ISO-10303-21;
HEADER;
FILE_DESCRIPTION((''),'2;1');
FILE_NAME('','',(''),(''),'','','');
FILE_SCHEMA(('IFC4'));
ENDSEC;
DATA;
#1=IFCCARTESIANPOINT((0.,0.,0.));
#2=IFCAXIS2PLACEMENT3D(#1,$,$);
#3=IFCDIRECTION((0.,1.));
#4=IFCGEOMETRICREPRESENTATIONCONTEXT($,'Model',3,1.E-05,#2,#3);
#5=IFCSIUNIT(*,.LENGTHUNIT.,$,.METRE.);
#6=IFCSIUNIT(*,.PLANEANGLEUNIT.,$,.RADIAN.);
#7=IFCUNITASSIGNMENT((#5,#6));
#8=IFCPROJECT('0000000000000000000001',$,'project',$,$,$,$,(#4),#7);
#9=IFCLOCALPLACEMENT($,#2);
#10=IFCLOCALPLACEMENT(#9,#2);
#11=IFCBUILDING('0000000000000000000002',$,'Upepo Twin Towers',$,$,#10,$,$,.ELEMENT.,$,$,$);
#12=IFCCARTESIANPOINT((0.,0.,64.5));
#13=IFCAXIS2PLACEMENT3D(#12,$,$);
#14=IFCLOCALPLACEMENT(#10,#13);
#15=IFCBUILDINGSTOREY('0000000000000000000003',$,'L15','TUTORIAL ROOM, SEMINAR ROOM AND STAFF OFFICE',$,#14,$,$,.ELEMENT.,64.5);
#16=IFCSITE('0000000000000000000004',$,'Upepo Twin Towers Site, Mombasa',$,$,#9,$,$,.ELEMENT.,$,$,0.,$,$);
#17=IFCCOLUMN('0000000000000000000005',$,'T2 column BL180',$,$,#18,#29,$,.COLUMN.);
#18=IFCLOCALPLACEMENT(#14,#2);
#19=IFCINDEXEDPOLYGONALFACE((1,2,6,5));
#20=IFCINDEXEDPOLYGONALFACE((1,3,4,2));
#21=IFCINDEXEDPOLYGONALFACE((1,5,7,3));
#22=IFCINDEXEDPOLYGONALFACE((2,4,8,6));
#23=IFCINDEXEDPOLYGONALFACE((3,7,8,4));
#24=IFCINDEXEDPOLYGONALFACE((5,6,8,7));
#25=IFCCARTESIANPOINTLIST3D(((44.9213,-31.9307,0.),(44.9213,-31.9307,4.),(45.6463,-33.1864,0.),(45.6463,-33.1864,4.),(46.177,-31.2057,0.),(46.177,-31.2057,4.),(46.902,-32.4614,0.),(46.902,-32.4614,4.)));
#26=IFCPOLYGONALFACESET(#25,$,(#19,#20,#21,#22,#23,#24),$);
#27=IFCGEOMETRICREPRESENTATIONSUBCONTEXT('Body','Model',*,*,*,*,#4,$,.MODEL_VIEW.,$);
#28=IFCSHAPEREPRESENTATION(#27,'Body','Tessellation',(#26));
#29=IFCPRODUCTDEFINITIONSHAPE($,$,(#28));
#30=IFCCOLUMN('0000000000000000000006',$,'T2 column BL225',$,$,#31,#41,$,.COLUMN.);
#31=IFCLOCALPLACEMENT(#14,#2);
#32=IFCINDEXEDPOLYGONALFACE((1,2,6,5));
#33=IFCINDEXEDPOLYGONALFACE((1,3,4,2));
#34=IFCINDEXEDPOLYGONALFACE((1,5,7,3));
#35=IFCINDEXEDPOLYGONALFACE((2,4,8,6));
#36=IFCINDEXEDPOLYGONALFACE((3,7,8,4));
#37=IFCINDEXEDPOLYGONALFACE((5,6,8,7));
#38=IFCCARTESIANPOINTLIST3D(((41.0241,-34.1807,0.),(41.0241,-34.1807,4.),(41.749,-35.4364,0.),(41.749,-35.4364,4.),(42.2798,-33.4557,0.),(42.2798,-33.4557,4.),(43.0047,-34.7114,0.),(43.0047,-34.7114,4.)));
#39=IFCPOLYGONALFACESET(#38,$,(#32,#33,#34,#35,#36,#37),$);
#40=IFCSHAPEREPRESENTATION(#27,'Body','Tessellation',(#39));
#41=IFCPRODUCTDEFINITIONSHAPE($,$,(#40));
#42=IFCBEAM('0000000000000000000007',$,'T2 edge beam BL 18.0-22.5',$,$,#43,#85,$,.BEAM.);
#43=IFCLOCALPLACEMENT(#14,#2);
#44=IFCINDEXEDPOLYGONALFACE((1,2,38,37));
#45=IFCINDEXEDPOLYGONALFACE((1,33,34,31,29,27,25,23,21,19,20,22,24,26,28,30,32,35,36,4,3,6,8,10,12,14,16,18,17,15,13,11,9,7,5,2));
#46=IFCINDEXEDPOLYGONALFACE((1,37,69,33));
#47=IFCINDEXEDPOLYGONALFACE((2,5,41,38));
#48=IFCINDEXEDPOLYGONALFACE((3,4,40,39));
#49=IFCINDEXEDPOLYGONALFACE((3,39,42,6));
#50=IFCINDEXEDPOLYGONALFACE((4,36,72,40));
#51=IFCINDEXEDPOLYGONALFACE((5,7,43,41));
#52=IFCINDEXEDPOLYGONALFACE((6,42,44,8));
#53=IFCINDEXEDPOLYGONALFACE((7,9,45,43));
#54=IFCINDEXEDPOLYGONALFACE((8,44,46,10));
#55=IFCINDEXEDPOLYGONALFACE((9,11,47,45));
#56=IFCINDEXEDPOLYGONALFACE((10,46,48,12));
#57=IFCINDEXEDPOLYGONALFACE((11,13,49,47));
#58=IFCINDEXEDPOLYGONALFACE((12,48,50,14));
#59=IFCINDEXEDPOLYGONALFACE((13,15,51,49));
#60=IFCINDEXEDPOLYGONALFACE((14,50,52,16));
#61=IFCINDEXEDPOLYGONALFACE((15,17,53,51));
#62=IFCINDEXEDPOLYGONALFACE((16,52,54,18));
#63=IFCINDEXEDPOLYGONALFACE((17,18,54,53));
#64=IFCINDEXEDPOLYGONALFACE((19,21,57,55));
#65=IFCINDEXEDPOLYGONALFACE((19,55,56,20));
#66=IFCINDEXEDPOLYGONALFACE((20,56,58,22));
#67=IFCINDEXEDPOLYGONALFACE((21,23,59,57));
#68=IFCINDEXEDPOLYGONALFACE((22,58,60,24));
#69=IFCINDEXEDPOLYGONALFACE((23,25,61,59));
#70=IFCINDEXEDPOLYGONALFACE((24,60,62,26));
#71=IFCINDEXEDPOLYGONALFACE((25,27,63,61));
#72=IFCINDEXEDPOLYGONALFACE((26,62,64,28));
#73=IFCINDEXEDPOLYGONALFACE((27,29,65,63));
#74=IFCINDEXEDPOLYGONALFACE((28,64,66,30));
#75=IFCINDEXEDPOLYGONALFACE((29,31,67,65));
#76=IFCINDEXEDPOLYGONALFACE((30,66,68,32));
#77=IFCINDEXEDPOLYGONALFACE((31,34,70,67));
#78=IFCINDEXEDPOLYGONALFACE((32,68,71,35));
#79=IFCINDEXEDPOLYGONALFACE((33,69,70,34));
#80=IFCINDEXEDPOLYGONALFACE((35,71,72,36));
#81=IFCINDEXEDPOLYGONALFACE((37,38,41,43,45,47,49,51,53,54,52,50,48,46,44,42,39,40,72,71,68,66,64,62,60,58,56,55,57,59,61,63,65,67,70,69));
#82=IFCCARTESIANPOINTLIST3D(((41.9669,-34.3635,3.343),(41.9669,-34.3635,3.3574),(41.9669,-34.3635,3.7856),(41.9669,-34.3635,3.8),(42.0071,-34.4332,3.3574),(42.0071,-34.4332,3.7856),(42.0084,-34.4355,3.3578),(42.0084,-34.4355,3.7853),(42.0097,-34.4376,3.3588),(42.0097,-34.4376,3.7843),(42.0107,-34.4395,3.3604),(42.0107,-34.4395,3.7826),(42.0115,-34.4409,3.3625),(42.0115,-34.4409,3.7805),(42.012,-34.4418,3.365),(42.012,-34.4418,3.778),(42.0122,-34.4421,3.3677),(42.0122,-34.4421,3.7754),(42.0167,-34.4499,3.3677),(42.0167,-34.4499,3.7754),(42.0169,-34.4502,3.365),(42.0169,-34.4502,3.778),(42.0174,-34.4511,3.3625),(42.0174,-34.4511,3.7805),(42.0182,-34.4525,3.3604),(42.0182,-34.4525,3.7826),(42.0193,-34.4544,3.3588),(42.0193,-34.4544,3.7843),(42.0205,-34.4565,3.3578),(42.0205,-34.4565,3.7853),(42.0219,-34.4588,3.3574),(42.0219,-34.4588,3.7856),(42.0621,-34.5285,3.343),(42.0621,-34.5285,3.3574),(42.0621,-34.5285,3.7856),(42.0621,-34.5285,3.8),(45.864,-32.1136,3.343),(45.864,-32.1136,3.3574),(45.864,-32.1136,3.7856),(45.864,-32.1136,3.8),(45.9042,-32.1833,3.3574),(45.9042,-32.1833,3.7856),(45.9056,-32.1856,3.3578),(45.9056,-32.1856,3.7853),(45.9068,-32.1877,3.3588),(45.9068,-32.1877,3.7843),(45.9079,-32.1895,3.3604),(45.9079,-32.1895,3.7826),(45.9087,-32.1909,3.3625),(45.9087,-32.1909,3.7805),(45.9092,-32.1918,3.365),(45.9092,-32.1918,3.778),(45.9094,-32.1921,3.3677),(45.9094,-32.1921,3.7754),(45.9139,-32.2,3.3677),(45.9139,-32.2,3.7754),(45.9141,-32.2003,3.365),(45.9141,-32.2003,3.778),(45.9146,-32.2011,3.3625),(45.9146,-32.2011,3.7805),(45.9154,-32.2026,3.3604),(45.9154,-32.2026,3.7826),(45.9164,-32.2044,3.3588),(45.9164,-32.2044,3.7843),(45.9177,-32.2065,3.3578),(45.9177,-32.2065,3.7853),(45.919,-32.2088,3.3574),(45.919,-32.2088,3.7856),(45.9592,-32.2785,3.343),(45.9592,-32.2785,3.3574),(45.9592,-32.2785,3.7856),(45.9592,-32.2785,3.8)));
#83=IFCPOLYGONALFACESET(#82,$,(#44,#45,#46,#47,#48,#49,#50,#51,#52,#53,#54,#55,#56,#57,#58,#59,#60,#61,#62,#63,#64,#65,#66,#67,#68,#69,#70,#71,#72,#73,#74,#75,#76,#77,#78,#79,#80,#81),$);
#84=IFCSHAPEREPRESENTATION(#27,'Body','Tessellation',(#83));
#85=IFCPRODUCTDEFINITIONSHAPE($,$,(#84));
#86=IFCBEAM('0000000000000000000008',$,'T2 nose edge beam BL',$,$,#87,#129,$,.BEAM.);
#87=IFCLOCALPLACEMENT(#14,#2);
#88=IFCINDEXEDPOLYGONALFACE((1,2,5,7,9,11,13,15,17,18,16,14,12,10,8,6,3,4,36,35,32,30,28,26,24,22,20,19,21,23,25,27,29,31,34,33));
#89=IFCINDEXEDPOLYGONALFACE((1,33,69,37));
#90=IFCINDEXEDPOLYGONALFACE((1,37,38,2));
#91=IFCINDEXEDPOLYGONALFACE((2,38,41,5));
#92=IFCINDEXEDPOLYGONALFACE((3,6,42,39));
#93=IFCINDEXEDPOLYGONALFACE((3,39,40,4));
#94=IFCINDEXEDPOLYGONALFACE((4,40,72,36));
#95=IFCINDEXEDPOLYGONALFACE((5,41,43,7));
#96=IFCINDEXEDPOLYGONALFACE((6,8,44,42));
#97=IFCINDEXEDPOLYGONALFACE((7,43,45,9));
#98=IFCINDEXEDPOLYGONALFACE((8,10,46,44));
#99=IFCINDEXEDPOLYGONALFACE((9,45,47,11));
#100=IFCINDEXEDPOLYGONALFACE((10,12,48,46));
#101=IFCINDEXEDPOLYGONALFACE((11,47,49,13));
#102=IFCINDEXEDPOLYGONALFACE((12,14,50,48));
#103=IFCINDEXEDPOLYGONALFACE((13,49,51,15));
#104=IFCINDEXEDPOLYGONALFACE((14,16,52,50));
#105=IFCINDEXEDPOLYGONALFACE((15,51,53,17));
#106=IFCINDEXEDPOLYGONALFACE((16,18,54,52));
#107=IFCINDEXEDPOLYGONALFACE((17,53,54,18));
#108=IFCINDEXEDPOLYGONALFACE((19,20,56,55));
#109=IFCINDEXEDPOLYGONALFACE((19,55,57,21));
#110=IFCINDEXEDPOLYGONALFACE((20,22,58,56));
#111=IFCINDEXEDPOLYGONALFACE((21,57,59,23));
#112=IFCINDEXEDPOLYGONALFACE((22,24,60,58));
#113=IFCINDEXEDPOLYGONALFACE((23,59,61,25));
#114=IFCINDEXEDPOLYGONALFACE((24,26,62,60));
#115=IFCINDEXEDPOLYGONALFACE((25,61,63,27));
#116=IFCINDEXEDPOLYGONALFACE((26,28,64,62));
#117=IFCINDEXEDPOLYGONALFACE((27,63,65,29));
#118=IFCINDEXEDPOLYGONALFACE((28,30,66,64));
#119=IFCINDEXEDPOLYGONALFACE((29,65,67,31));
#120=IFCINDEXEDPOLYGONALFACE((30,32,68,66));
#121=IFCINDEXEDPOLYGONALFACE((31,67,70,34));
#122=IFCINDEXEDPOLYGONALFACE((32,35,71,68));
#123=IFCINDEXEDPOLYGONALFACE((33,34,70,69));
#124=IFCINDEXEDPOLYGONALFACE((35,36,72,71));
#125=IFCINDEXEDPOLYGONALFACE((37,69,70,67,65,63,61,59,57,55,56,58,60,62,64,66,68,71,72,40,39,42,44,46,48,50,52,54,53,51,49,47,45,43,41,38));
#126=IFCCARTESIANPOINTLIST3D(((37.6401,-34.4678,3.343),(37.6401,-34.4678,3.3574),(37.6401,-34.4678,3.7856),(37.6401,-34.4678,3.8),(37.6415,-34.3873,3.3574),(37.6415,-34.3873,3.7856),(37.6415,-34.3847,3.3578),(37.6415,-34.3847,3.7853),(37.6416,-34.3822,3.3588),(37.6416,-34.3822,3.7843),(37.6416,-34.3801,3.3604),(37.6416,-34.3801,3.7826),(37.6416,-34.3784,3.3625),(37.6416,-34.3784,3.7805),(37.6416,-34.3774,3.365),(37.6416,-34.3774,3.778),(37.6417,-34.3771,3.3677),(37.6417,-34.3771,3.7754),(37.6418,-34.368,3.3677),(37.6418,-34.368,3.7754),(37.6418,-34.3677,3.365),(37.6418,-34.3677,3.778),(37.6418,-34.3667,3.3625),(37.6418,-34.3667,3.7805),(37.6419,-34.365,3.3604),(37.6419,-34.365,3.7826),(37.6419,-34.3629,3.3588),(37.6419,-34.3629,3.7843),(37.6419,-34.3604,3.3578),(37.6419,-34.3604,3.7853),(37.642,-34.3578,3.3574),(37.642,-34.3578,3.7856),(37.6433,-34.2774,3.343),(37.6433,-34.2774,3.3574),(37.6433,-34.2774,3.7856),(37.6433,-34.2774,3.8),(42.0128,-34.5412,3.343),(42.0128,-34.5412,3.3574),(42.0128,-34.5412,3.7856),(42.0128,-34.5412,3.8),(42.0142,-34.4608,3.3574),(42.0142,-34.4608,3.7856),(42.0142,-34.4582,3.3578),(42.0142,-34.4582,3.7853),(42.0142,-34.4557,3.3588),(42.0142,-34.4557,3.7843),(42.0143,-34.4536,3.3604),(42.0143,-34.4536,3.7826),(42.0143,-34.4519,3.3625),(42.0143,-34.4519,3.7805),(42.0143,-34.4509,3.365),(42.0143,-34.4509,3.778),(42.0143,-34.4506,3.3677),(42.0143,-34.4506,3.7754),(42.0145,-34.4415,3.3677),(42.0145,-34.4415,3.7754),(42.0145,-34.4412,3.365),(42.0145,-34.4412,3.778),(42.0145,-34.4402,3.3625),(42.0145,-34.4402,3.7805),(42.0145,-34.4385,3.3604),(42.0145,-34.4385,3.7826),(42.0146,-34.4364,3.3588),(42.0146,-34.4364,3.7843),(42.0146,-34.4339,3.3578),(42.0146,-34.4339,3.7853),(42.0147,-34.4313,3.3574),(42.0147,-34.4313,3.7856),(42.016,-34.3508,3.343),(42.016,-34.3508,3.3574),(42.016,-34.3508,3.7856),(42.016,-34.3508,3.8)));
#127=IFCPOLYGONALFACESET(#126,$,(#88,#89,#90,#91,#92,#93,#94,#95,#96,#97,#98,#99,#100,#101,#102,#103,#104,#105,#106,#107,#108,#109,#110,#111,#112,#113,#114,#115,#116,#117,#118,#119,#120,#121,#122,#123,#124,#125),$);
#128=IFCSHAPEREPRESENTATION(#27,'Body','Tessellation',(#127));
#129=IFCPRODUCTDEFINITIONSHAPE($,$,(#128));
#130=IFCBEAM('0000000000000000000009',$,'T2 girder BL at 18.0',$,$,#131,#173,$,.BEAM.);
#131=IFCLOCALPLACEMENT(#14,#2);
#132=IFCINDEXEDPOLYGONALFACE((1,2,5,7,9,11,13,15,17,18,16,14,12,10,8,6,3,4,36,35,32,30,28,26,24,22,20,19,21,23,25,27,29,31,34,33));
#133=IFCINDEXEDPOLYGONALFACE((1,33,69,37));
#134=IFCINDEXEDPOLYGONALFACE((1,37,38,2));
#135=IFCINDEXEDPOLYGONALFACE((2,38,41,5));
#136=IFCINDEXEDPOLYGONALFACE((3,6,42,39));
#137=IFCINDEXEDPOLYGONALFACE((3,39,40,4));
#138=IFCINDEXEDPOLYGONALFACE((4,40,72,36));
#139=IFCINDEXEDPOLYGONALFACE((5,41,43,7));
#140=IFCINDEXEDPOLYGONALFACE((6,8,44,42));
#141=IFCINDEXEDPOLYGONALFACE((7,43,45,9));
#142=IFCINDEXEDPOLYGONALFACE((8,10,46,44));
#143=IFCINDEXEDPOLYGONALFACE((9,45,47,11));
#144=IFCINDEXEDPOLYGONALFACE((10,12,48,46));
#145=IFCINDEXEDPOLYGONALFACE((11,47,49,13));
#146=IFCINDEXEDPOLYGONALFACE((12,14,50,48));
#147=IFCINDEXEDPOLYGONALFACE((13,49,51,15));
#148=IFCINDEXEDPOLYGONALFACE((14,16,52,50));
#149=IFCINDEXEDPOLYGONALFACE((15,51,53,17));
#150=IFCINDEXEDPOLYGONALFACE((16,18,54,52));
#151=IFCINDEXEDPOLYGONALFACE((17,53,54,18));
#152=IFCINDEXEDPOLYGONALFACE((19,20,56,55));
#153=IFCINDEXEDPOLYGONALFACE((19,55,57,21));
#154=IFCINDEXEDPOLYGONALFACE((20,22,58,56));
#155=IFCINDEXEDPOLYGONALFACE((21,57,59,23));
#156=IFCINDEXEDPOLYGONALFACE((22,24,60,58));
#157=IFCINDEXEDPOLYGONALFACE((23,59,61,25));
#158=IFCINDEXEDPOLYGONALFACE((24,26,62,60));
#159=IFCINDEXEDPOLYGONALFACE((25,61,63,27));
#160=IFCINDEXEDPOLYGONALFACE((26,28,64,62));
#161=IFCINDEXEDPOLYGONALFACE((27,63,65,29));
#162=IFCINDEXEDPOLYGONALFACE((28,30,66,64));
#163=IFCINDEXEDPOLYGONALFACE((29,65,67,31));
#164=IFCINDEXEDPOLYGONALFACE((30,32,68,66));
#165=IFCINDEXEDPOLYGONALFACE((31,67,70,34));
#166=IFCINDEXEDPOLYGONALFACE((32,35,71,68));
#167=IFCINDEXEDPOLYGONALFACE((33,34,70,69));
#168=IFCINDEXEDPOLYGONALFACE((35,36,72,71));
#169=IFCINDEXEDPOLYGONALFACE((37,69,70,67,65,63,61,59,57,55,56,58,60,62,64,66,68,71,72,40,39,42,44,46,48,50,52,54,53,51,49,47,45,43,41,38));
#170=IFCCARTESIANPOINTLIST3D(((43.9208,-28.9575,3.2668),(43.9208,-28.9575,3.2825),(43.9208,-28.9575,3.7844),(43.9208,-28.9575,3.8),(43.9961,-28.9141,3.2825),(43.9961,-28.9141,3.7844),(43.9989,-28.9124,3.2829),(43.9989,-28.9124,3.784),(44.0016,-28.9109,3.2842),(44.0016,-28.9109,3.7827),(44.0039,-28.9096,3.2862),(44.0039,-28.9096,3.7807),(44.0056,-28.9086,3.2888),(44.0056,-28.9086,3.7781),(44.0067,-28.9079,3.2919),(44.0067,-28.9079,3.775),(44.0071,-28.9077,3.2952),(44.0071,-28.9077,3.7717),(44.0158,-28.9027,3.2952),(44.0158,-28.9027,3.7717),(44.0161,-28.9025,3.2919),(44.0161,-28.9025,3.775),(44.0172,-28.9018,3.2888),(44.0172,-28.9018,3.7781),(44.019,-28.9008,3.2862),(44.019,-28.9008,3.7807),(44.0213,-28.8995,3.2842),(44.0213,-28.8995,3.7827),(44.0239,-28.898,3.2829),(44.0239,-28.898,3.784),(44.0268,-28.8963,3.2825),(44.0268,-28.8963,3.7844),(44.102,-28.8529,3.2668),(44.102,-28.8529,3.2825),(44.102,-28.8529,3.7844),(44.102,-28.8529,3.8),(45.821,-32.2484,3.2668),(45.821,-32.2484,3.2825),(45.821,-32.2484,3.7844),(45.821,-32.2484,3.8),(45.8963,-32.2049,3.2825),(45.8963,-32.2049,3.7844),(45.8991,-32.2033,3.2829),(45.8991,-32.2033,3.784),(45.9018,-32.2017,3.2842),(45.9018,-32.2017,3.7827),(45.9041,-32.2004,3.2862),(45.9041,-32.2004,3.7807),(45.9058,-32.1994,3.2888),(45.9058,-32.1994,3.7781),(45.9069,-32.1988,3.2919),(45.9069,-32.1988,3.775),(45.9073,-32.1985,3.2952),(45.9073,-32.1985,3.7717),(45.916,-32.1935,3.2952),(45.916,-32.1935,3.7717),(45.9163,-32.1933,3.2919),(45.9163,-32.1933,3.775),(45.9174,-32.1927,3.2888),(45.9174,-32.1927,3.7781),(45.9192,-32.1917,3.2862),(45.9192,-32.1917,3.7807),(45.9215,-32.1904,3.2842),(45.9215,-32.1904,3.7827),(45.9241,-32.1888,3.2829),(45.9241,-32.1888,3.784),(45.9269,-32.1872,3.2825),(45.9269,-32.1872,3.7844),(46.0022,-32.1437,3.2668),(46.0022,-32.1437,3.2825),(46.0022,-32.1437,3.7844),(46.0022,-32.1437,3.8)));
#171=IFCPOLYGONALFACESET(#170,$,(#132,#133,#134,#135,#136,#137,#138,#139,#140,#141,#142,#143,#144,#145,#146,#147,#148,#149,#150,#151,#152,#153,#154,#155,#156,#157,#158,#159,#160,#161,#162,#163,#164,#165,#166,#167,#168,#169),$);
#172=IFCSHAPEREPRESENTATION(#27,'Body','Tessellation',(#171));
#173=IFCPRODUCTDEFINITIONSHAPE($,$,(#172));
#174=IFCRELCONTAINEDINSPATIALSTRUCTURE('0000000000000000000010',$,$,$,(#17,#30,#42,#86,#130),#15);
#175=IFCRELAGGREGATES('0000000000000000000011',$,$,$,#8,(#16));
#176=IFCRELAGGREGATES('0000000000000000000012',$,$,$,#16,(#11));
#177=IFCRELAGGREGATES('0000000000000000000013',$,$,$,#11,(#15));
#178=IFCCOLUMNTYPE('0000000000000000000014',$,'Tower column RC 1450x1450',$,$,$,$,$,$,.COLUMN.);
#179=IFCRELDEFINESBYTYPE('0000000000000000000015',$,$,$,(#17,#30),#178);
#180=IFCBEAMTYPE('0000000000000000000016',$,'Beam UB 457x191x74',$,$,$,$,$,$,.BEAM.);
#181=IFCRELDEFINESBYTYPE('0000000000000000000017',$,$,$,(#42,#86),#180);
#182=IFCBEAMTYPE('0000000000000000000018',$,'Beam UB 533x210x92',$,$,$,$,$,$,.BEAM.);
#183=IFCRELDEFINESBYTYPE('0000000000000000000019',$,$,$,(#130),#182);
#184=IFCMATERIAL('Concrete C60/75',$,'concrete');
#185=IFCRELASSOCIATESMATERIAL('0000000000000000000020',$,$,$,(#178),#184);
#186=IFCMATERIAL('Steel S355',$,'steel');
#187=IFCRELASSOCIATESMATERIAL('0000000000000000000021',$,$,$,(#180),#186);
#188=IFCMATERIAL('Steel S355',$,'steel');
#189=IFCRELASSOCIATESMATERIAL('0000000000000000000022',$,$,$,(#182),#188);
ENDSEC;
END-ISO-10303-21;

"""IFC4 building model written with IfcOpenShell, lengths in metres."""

from ifc_helpers import new_model, si_unit, direction, frame, origin, origin_2d, place, context, subcontext, project, spatial, rectangle, i_section, extrude, material, material_profile, profile_set, type_object, element, save


model = new_model("IFC4")

# Units and contexts
model_context = context("Model", 3, precision=1e-05, world=origin(), true_north=direction((0.0, 1.0)))
body_context = subcontext(model_context, "Body", "Model", "MODEL_VIEW")
ifc_project = project(units=[si_unit("LENGTHUNIT", "METRE"), si_unit("PLANEANGLEUNIT", "RADIAN")], contexts=[model_context])

# Site, building, storey
site_placement = place(None, origin())
site = spatial("IfcSite", under=ifc_project, at=site_placement, Name="Upepo Twin Towers Site, Mombasa", CompositionType="ELEMENT", RefElevation=0.0)
building_placement = place(site_placement, origin())
building = spatial("IfcBuilding", under=site, at=building_placement, Name="Upepo Twin Towers", CompositionType="ELEMENT")
storey_placement = place(building_placement, frame((0.0, 0.0, 64.5)))
storey = spatial("IfcBuildingStorey", under=building, at=storey_placement, Name="L15", Description="TUTORIAL ROOM, SEMINAR ROOM AND STAFF OFFICE", CompositionType="ELEMENT", Elevation=64.5)

# Columns
ifc_material_1 = material(Name="Concrete C60/75", Category="concrete")
ifc_material_profile_1 = material_profile(ifc_material_1, rectangle(XDim=1.45, YDim=1.45, at=origin_2d()), Name="RC 1450x1450")
ifc_profile_set_1 = profile_set([ifc_material_profile_1], Name="Concrete C60/75")
column_type = type_object("IfcColumnType", Name="Tower column RC 1450x1450", PredefinedType="COLUMN", material=ifc_profile_set_1)
for number, where, z_axis, x_axis, name in (
    (1, (45.9116, -32.196, 0.0), (0.0, 0.0, 1.0), (0.866025, 0.5, 0.0), "T2 column BL180"),
    (2, (42.0144, -34.446, 0.0), (0.0, 0.0, 1.0), (0.866025, 0.5, 0.0), "T2 column BL225"),
):
    element("IfcColumn", number, at=place(storey_placement, frame(where, z_axis=z_axis, x_axis=x_axis)), inside=storey, type_object=column_type, Name=name, PredefinedType="COLUMN", context=body_context, shape_type="SweptSolid", body=[
        extrude(rectangle(XDim=1.45, YDim=1.45, at=origin_2d()), origin(), (0.0, 0.0, 1.0), 4.0),
    ])

# Beams
ifc_material_2 = material(Name="Steel S355", Category="steel")
ifc_material_profile_2 = material_profile(ifc_material_2, i_section(OverallWidth=0.1904, OverallDepth=0.457, WebThickness=0.009, FlangeThickness=0.0144, FilletRadius=0.0103, at=origin_2d()), Name="UB 457x191x74")
ifc_profile_set_2 = profile_set([ifc_material_profile_2], Name="Steel S355")
beam_type_1 = type_object("IfcBeamType", Name="Beam UB 457x191x74", PredefinedType="BEAM", material=ifc_profile_set_2)
beam_1_placement = place(storey_placement, frame((45.9116, -32.196, 3.5715), z_axis=(-0.866031, -0.49999, 0.0), x_axis=(0.49999, -0.866031, 0.0)))
element("IfcBeam", 3, at=beam_1_placement, inside=storey, type_object=beam_type_1, Name="T2 edge beam BL 18.0-22.5", PredefinedType="BEAM", context=body_context, shape_type="SweptSolid", body=[
    extrude(i_section(OverallWidth=0.1904, OverallDepth=0.457, WebThickness=0.009, FlangeThickness=0.0144, FilletRadius=0.0103, at=origin_2d()), origin(), (0.0, 0.0, 1.0), 4.5),
])
beam_2_placement = place(storey_placement, frame((42.0144, -34.446, 3.5715), z_axis=(-0.999859, 0.016804, 0.0), x_axis=(-0.016804, -0.999859, 0.0)))
element("IfcBeam", 4, at=beam_2_placement, inside=storey, type_object=beam_type_1, Name="T2 nose edge beam BL", PredefinedType="BEAM", context=body_context, shape_type="SweptSolid", body=[
    extrude(i_section(OverallWidth=0.1904, OverallDepth=0.457, WebThickness=0.009, FlangeThickness=0.0144, FilletRadius=0.0103, at=origin_2d()), origin(), (0.0, 0.0, 1.0), 4.3733),
])
ifc_material_3 = material(Name="Steel S355", Category="steel")
ifc_material_profile_3 = material_profile(ifc_material_3, i_section(OverallWidth=0.2092, OverallDepth=0.5332, WebThickness=0.01, FlangeThickness=0.0156, FilletRadius=0.0127, at=origin_2d()), Name="UB 533x210x92")
ifc_profile_set_3 = profile_set([ifc_material_profile_3], Name="Steel S355")
beam_type_2 = type_object("IfcBeamType", Name="Beam UB 533x210x92", PredefinedType="BEAM", material=ifc_profile_set_3)
beam_3_placement = place(storey_placement, frame((45.9116, -32.196, 3.5334), z_axis=(-0.500043, 0.866, 0.0), x_axis=(-0.866, -0.500043, 0.0)))
element("IfcBeam", 5, at=beam_3_placement, inside=storey, type_object=beam_type_2, Name="T2 girder BL at 18.0", PredefinedType="BEAM", context=body_context, shape_type="SweptSolid", body=[
    extrude(i_section(OverallWidth=0.2092, OverallDepth=0.5332, WebThickness=0.01, FlangeThickness=0.0156, FilletRadius=0.0127, at=origin_2d()), origin(), (0.0, 0.0, 1.0), 3.8),
])

save(model, "model.ifc")
